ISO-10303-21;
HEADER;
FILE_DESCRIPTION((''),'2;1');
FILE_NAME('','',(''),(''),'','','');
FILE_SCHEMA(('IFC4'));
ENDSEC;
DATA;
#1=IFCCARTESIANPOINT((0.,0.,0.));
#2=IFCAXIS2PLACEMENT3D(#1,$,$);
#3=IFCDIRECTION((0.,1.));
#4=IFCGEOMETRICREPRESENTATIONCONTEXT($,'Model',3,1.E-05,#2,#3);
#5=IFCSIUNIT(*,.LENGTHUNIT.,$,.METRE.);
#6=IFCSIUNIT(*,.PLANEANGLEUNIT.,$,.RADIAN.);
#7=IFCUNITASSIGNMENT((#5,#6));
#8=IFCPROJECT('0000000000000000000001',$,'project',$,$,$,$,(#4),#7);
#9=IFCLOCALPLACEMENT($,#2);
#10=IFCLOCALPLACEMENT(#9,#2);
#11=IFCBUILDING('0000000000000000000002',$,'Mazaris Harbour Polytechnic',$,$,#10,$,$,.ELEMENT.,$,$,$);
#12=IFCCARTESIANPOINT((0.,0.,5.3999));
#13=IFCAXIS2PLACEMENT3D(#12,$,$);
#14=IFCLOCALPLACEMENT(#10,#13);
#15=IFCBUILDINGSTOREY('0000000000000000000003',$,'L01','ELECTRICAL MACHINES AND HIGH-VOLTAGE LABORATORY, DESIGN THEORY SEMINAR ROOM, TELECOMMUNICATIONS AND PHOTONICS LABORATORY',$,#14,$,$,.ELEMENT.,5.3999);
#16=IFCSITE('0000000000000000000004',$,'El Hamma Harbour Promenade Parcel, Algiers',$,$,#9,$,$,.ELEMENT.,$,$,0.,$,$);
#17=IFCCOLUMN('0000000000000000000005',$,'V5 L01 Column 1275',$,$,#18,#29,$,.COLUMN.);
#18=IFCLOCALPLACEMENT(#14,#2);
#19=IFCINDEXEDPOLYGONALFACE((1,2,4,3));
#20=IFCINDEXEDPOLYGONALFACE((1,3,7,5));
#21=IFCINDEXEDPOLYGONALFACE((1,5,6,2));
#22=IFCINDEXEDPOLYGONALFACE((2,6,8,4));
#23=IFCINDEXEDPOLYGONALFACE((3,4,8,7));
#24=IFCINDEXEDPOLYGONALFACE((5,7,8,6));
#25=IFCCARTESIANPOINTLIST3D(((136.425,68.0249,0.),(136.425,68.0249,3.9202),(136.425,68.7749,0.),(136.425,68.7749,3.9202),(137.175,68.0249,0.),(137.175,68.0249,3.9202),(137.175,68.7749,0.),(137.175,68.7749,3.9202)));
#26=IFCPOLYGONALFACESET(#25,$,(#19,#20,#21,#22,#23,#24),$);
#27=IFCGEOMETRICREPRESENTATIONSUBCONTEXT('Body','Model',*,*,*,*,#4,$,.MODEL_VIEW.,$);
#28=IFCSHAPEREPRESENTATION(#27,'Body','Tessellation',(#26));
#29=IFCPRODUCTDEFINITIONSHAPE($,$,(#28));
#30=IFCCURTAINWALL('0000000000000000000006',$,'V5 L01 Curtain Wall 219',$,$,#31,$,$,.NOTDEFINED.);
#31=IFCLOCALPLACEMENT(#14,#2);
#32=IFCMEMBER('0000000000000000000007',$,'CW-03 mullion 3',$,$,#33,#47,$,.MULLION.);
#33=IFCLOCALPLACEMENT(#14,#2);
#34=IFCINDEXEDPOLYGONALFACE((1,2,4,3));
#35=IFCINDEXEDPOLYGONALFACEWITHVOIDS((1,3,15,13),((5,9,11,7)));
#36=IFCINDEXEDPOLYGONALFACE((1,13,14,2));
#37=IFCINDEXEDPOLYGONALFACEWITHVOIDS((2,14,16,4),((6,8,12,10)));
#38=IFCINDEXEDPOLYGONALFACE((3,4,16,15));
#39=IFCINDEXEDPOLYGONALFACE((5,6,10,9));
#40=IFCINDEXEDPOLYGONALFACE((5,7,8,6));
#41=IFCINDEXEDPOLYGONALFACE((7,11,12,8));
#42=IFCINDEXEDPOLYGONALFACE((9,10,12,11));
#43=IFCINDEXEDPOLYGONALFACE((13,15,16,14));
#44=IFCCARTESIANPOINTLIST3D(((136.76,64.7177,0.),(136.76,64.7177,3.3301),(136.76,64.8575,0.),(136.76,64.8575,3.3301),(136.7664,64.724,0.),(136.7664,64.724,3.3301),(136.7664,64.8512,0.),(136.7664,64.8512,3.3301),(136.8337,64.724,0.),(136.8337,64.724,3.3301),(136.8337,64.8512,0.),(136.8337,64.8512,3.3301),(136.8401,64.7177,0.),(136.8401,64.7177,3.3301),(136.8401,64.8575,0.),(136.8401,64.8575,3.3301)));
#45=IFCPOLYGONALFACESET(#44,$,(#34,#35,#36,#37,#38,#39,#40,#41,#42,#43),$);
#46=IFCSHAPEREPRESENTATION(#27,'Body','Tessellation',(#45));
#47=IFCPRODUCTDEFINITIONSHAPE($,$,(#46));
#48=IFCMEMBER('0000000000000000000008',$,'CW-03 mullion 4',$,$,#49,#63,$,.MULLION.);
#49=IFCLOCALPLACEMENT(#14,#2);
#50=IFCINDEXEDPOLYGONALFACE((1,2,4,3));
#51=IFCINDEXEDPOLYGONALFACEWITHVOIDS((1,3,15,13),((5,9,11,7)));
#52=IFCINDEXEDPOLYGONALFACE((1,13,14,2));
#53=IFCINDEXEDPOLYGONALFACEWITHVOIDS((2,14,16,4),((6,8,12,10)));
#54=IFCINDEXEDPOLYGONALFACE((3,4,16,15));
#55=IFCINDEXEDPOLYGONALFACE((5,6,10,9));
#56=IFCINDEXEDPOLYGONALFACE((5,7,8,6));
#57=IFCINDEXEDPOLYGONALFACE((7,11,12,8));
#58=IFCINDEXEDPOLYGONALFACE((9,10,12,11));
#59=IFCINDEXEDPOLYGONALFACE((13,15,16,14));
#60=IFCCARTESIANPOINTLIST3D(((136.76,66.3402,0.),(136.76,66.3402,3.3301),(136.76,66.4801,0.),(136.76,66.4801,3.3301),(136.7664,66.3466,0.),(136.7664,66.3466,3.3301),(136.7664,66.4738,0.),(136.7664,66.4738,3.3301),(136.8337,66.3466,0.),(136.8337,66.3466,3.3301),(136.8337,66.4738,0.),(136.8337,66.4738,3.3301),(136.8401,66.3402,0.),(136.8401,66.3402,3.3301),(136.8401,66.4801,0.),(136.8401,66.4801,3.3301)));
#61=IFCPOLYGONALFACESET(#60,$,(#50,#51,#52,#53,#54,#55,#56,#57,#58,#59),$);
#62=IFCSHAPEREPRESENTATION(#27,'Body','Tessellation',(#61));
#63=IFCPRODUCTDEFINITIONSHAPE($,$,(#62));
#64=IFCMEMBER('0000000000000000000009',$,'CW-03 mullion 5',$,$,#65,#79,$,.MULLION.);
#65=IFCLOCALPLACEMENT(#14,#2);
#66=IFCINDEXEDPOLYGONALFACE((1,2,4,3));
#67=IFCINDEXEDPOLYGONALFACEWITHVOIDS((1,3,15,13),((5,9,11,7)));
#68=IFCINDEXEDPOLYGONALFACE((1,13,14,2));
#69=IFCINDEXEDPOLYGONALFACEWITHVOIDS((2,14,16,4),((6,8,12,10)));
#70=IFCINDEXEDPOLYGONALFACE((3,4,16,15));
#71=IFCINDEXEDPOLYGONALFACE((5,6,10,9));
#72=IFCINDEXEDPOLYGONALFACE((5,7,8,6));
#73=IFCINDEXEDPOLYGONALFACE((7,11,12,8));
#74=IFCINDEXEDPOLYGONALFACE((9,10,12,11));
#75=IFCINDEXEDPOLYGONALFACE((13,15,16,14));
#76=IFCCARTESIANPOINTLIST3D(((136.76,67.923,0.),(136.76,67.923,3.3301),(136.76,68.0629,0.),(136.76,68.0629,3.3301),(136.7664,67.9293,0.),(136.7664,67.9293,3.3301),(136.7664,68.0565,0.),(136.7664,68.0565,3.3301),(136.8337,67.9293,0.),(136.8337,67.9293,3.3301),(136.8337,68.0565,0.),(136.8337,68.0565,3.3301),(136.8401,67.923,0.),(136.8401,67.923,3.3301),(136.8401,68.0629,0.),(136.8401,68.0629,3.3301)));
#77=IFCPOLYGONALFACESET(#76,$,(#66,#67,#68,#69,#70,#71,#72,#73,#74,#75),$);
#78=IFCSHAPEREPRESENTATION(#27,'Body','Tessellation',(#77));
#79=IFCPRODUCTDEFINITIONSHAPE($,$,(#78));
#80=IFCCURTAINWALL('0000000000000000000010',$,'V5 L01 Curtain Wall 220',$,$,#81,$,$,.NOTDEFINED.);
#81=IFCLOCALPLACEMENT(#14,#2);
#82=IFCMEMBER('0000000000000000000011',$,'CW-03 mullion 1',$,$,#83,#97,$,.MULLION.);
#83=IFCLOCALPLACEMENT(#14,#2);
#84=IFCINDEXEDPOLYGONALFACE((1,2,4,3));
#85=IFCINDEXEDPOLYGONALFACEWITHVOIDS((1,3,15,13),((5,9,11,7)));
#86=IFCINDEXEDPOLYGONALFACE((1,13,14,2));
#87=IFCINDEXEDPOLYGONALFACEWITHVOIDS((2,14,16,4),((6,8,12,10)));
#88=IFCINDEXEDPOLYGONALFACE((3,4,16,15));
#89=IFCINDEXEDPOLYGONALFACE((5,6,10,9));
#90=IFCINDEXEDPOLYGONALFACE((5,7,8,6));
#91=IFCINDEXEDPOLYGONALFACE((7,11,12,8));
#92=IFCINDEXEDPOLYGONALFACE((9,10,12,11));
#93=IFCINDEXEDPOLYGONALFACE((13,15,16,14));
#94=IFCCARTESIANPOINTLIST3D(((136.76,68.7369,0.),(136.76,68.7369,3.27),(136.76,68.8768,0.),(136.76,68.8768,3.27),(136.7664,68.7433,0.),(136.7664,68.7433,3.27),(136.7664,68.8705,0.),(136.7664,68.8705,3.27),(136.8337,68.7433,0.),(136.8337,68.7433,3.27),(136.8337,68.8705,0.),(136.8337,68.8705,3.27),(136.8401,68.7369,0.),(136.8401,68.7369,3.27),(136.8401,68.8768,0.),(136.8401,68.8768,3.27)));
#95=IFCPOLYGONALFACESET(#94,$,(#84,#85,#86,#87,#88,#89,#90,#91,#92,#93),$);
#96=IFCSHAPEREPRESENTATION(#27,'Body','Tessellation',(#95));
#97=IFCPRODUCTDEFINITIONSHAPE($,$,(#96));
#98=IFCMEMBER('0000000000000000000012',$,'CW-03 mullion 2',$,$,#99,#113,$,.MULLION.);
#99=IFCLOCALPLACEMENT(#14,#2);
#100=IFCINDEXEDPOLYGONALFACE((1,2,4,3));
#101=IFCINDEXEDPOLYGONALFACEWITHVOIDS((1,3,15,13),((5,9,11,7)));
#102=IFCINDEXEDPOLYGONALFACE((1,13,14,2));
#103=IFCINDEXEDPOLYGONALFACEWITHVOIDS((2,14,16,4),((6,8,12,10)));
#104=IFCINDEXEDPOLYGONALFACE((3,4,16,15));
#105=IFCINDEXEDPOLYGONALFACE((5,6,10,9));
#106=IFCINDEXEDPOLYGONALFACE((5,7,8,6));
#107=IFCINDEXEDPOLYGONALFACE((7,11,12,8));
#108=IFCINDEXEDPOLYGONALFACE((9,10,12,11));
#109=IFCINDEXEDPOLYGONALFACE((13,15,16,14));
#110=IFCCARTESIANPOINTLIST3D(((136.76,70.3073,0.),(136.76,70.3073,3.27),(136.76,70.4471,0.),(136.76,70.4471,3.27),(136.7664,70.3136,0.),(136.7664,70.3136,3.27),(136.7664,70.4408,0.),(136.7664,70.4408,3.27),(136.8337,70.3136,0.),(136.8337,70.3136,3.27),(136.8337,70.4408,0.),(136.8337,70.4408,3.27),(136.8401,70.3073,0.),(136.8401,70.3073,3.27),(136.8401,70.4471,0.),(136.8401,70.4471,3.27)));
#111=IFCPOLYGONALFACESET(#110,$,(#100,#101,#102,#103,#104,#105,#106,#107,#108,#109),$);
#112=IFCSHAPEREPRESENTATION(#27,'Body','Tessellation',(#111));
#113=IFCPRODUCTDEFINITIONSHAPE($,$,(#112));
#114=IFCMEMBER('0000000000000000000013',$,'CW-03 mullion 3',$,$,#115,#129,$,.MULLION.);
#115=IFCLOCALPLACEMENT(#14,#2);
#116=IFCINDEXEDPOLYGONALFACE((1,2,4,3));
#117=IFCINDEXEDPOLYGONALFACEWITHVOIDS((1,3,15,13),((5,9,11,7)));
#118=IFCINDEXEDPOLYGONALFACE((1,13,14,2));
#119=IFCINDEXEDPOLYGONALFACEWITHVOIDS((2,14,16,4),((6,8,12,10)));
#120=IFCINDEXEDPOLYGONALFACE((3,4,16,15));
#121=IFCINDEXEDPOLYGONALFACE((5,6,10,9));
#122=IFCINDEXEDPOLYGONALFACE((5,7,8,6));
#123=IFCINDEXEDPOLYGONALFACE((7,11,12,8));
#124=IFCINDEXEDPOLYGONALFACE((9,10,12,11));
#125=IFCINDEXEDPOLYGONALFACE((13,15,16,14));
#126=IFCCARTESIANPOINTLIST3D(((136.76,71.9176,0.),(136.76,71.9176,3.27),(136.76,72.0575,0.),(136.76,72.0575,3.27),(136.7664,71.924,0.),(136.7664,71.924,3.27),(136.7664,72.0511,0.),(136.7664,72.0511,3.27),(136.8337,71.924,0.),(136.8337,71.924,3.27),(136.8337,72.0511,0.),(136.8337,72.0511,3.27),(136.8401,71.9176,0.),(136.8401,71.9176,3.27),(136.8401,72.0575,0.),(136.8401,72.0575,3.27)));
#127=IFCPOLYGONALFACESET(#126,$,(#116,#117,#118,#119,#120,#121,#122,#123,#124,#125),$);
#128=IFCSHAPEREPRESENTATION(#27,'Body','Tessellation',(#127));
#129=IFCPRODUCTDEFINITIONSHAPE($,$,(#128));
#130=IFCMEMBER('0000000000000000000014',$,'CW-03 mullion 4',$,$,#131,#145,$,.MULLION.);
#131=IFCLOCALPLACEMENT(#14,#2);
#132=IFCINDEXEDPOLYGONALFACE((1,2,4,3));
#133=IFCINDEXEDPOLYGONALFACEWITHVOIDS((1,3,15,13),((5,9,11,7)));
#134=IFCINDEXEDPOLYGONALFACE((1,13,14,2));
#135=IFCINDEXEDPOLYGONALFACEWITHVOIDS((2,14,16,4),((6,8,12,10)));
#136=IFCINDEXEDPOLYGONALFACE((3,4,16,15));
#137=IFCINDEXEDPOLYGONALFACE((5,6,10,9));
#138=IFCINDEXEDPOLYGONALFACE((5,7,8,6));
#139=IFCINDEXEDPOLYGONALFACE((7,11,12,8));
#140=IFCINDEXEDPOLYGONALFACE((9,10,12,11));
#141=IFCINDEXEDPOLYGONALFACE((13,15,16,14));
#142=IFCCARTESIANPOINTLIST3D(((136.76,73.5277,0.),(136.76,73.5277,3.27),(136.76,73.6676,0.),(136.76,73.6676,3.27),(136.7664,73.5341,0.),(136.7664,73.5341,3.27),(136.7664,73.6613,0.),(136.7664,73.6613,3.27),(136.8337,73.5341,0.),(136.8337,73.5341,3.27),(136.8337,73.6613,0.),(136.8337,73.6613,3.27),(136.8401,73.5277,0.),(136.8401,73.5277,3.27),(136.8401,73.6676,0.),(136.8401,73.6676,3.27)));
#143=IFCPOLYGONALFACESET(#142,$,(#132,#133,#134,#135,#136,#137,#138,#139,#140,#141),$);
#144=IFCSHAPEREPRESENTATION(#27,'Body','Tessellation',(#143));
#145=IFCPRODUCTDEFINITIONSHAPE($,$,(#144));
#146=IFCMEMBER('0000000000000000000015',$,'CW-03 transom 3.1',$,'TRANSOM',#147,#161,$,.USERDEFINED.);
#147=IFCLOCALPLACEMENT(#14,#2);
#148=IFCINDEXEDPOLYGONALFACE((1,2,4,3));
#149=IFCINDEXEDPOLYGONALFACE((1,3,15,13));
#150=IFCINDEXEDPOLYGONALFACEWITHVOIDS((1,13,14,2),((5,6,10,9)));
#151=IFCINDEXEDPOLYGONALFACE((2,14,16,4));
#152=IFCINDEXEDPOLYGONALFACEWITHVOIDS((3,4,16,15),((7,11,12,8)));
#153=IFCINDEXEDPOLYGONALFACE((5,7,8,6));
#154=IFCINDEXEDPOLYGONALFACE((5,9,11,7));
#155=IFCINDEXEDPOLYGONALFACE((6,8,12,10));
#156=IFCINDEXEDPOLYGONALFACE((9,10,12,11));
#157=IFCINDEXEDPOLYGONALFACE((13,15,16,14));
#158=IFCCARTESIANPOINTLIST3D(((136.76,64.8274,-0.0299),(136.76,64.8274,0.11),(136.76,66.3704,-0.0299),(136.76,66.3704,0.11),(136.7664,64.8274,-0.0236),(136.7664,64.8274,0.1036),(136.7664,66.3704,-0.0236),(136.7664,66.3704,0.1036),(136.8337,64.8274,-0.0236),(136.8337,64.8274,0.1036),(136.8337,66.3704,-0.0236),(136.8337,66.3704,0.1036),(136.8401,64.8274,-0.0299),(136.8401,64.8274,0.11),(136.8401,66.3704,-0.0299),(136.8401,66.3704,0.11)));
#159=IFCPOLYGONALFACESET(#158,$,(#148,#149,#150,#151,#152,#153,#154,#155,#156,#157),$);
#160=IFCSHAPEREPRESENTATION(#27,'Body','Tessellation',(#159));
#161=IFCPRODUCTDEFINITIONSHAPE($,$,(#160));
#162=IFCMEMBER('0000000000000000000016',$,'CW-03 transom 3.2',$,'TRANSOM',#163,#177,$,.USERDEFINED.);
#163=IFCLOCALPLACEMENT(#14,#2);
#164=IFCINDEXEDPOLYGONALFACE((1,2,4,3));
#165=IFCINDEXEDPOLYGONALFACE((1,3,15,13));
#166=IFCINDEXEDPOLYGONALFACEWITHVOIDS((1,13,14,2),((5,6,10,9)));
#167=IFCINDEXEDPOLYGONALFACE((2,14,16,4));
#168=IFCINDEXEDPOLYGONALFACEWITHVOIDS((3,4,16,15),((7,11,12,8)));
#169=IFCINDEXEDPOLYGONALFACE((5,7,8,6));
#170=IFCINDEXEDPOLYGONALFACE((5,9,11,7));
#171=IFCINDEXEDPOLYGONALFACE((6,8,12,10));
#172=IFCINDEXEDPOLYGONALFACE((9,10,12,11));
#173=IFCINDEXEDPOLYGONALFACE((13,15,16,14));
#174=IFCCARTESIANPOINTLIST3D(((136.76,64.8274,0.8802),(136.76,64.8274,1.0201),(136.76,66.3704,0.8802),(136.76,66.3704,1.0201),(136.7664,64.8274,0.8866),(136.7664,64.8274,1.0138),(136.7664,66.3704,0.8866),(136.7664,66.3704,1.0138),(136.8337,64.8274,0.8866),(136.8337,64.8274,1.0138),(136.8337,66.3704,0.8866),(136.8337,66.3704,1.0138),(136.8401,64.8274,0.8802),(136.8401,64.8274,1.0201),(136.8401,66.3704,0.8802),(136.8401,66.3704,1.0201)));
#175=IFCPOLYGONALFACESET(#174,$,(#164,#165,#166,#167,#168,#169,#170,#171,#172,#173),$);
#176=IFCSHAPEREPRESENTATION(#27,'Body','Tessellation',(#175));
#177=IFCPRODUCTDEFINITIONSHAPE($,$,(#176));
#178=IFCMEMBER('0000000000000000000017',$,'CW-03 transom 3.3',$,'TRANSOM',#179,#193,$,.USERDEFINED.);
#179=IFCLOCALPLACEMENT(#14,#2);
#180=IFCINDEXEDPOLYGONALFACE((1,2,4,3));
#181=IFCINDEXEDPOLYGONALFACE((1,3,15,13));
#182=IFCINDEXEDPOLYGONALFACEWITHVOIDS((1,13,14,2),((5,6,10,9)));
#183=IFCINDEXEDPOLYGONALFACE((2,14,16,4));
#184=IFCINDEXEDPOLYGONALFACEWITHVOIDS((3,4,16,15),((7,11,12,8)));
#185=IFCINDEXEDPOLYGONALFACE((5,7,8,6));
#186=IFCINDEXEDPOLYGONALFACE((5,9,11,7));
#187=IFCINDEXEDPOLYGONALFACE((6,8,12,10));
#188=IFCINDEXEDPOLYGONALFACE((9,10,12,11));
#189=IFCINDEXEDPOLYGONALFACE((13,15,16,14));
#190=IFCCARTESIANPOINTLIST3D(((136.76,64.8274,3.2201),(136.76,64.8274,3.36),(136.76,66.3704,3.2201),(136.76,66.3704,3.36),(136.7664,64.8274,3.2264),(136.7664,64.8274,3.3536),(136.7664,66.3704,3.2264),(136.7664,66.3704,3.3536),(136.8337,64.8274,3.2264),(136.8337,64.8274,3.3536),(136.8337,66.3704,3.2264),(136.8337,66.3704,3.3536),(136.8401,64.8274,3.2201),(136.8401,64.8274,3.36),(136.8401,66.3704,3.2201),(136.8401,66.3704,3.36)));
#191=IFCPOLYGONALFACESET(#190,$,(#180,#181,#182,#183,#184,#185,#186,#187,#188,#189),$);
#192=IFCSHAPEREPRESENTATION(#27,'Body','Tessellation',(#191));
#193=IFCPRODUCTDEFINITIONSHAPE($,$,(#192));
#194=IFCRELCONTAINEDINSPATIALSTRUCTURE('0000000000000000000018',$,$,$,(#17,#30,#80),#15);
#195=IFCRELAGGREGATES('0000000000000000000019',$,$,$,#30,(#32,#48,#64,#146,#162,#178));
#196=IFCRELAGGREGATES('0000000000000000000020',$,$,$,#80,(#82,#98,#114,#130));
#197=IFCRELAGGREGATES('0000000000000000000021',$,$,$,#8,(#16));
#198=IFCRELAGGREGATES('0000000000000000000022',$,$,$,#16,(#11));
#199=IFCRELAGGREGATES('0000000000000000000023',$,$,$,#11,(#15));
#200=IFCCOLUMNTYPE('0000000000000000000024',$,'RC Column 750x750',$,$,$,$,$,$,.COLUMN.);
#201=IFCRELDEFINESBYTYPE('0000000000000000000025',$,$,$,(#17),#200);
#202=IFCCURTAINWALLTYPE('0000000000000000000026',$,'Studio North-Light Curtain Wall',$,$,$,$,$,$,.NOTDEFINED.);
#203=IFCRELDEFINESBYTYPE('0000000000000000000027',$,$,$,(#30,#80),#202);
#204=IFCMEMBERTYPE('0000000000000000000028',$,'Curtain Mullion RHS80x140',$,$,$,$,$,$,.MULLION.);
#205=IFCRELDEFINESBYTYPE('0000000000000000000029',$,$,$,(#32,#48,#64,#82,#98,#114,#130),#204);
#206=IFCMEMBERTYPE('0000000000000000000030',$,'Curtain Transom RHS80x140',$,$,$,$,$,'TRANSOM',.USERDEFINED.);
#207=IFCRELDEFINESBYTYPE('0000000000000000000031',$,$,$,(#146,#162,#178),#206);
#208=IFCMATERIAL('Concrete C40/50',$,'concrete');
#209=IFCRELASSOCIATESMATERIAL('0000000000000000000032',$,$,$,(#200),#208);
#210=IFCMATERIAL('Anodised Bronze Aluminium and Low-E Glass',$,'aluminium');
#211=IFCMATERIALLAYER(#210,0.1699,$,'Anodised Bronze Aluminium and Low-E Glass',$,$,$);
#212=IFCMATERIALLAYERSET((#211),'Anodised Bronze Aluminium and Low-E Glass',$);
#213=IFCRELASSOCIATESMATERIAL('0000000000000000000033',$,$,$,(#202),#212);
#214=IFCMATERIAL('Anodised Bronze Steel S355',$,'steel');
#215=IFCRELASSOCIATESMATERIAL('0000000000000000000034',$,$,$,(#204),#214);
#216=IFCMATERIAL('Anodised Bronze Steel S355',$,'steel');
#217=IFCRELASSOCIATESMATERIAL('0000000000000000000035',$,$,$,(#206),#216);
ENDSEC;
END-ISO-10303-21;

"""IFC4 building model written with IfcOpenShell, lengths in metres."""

from ifc_helpers import new_model, si_unit, direction, frame, origin, origin_2d, place, context, subcontext, project, spatial, rectangle, hollow_rectangle, extrude, material, layer, layer_set, material_profile, profile_set, type_object, element, aggregate, save


model = new_model("IFC4")

# Units and contexts
model_context = context("Model", 3, precision=1e-05, world=origin(), true_north=direction((0.0, 1.0)))
body_context = subcontext(model_context, "Body", "Model", "MODEL_VIEW")
ifc_project = project(units=[si_unit("LENGTHUNIT", "METRE"), si_unit("PLANEANGLEUNIT", "RADIAN")], contexts=[model_context])

# Site, building, storey
site_placement = place(None, origin())
site = spatial("IfcSite", under=ifc_project, at=site_placement, Name="El Hamma Harbour Promenade Parcel, Algiers", CompositionType="ELEMENT", RefElevation=0.0)
building_placement = place(site_placement, origin())
building = spatial("IfcBuilding", under=site, at=building_placement, Name="Mazaris Harbour Polytechnic", CompositionType="ELEMENT")
storey_placement = place(building_placement, frame((0.0, 0.0, 5.3999)))
storey = spatial("IfcBuildingStorey", under=building, at=storey_placement, Name="L01", Description="ELECTRICAL MACHINES AND HIGH-VOLTAGE LABORATORY, DESIGN THEORY SEMINAR ROOM, TELECOMMUNICATIONS AND PHOTONICS LABORATORY", CompositionType="ELEMENT", Elevation=5.3999)

# Column
ifc_material_1 = material(Name="Concrete C40/50", Category="concrete")
ifc_material_profile_1 = material_profile(ifc_material_1, rectangle(XDim=0.75, YDim=0.75, at=origin_2d()), Name="RECT750x750")
ifc_profile_set_1 = profile_set([ifc_material_profile_1], Name="Concrete C40/50")
column_type = type_object("IfcColumnType", Name="RC Column 750x750", PredefinedType="COLUMN", material=ifc_profile_set_1)
column_placement = place(storey_placement, frame((136.8, 68.3999, 0.0), z_axis=(0.0, 0.0, 1.0), x_axis=(1.0, 0.0, 0.0)))
element("IfcColumn", 1, at=column_placement, inside=storey, type_object=column_type, Name="V5 L01 Column 1275", PredefinedType="COLUMN", context=body_context, shape_type="SweptSolid", body=[
    extrude(rectangle(XDim=0.75, YDim=0.75, at=origin_2d()), origin(), (0.0, 0.0, 1.0), 3.9202),
])

# Curtain walls, members
ifc_material_2 = material(Name="Anodised Bronze Aluminium and Low-E Glass", Category="aluminium")
ifc_layer_1 = layer(ifc_material_2, 0.1699, Name="Anodised Bronze Aluminium and Low-E Glass")
ifc_layer_set_1 = layer_set([ifc_layer_1], Name="Anodised Bronze Aluminium and Low-E Glass")
curtain_wall_type = type_object("IfcCurtainWallType", Name="Studio North-Light Curtain Wall", PredefinedType="NOTDEFINED", material=ifc_layer_set_1)
curtain_wall_1_placement = place(storey_placement, origin())
curtain_wall_1 = element("IfcCurtainWall", 2, at=curtain_wall_1_placement, inside=storey, type_object=curtain_wall_type, Name="V5 L01 Curtain Wall 219", PredefinedType="NOTDEFINED")
ifc_material_3 = material(Name="Anodised Bronze Steel S355", Category="steel")
ifc_material_profile_2 = material_profile(ifc_material_3, hollow_rectangle(XDim=0.0801, YDim=0.1399, WallThickness=0.0063, at=origin_2d()), Name="RHS 80x140x6.3")
ifc_profile_set_2 = profile_set([ifc_material_profile_2], Name="Anodised Bronze Steel S355")
member_type_1 = type_object("IfcMemberType", Name="Curtain Mullion RHS80x140", PredefinedType="MULLION", material=ifc_profile_set_2)
member_1_placement = place(storey_placement, frame((136.8, 64.7876, 0.0), z_axis=(0.0, 0.0, 1.0), x_axis=(-1.0, 0.0, 0.0)))
member_1 = element("IfcMember", 3, at=member_1_placement, type_object=member_type_1, Name="CW-03 mullion 3", PredefinedType="MULLION", context=body_context, shape_type="SweptSolid", body=[
    extrude(hollow_rectangle(XDim=0.0801, YDim=0.1399, WallThickness=0.0063, at=origin_2d()), origin(), (0.0, 0.0, 1.0), 3.3301),
])
member_2_placement = place(storey_placement, frame((136.8, 66.4102, 0.0), z_axis=(0.0, 0.0, 1.0), x_axis=(-1.0, 0.0, 0.0)))
member_2 = element("IfcMember", 4, at=member_2_placement, type_object=member_type_1, Name="CW-03 mullion 4", PredefinedType="MULLION", context=body_context, shape_type="SweptSolid", body=[
    extrude(hollow_rectangle(XDim=0.0801, YDim=0.1399, WallThickness=0.0063, at=origin_2d()), origin(), (0.0, 0.0, 1.0), 3.3301),
])
member_3_placement = place(storey_placement, frame((136.8, 67.9929, 0.0), z_axis=(0.0, 0.0, 1.0), x_axis=(-1.0, 0.0, 0.0)))
member_3 = element("IfcMember", 5, at=member_3_placement, type_object=member_type_1, Name="CW-03 mullion 5", PredefinedType="MULLION", context=body_context, shape_type="SweptSolid", body=[
    extrude(hollow_rectangle(XDim=0.0801, YDim=0.1399, WallThickness=0.0063, at=origin_2d()), origin(), (0.0, 0.0, 1.0), 3.3301),
])
curtain_wall_2_placement = place(storey_placement, origin())
curtain_wall_2 = element("IfcCurtainWall", 6, at=curtain_wall_2_placement, inside=storey, type_object=curtain_wall_type, Name="V5 L01 Curtain Wall 220", PredefinedType="NOTDEFINED")
member_4_placement = place(storey_placement, frame((136.8, 68.8069, 0.0), z_axis=(0.0, 0.0, 1.0), x_axis=(-1.0, 0.0, 0.0)))
member_4 = element("IfcMember", 7, at=member_4_placement, type_object=member_type_1, Name="CW-03 mullion 1", PredefinedType="MULLION", context=body_context, shape_type="SweptSolid", body=[
    extrude(hollow_rectangle(XDim=0.0801, YDim=0.1399, WallThickness=0.0063, at=origin_2d()), origin(), (0.0, 0.0, 1.0), 3.27),
])
member_5_placement = place(storey_placement, frame((136.8, 70.3772, 0.0), z_axis=(0.0, 0.0, 1.0), x_axis=(-1.0, 0.0, 0.0)))
member_5 = element("IfcMember", 8, at=member_5_placement, type_object=member_type_1, Name="CW-03 mullion 2", PredefinedType="MULLION", context=body_context, shape_type="SweptSolid", body=[
    extrude(hollow_rectangle(XDim=0.0801, YDim=0.1399, WallThickness=0.0063, at=origin_2d()), origin(), (0.0, 0.0, 1.0), 3.27),
])
member_6_placement = place(storey_placement, frame((136.8, 71.9875, 0.0), z_axis=(0.0, 0.0, 1.0), x_axis=(-1.0, 0.0, 0.0)))
member_6 = element("IfcMember", 9, at=member_6_placement, type_object=member_type_1, Name="CW-03 mullion 3", PredefinedType="MULLION", context=body_context, shape_type="SweptSolid", body=[
    extrude(hollow_rectangle(XDim=0.0801, YDim=0.1399, WallThickness=0.0063, at=origin_2d()), origin(), (0.0, 0.0, 1.0), 3.27),
])
member_7_placement = place(storey_placement, frame((136.8, 73.5977, 0.0), z_axis=(0.0, 0.0, 1.0), x_axis=(-1.0, 0.0, 0.0)))
member_7 = element("IfcMember", 10, at=member_7_placement, type_object=member_type_1, Name="CW-03 mullion 4", PredefinedType="MULLION", context=body_context, shape_type="SweptSolid", body=[
    extrude(hollow_rectangle(XDim=0.0801, YDim=0.1399, WallThickness=0.0063, at=origin_2d()), origin(), (0.0, 0.0, 1.0), 3.27),
])

# Members
ifc_material_4 = material(Name="Anodised Bronze Steel S355", Category="steel")
ifc_material_profile_3 = material_profile(ifc_material_4, hollow_rectangle(XDim=0.0801, YDim=0.1399, WallThickness=0.0063, at=origin_2d()), Name="RHS 80x140x6.3")
ifc_profile_set_3 = profile_set([ifc_material_profile_3], Name="Anodised Bronze Steel S355")
member_type_2 = type_object("IfcMemberType", Name="Curtain Transom RHS80x140", ElementType="TRANSOM", PredefinedType="USERDEFINED", material=ifc_profile_set_3)
member_8_placement = place(storey_placement, frame((136.8, 64.8274, 0.04), z_axis=(0.0, 1.0, 0.0), x_axis=(-1.0, 0.0, 0.0)))
member_8 = element("IfcMember", 11, at=member_8_placement, type_object=member_type_2, Name="CW-03 transom 3.1", ObjectType="TRANSOM", PredefinedType="USERDEFINED", context=body_context, shape_type="SweptSolid", body=[
    extrude(hollow_rectangle(XDim=0.0801, YDim=0.1399, WallThickness=0.0063, at=origin_2d()), origin(), (0.0, 0.0, 1.0), 1.543),
])
member_9_placement = place(storey_placement, frame((136.8, 64.8274, 0.9502), z_axis=(0.0, 1.0, 0.0), x_axis=(-1.0, 0.0, 0.0)))
member_9 = element("IfcMember", 12, at=member_9_placement, type_object=member_type_2, Name="CW-03 transom 3.2", ObjectType="TRANSOM", PredefinedType="USERDEFINED", context=body_context, shape_type="SweptSolid", body=[
    extrude(hollow_rectangle(XDim=0.0801, YDim=0.1399, WallThickness=0.0063, at=origin_2d()), origin(), (0.0, 0.0, 1.0), 1.543),
])
member_10_placement = place(storey_placement, frame((136.8, 64.8274, 3.29), z_axis=(0.0, 1.0, 0.0), x_axis=(-1.0, 0.0, 0.0)))
member_10 = element("IfcMember", 13, at=member_10_placement, type_object=member_type_2, Name="CW-03 transom 3.3", ObjectType="TRANSOM", PredefinedType="USERDEFINED", context=body_context, shape_type="SweptSolid", body=[
    extrude(hollow_rectangle(XDim=0.0801, YDim=0.1399, WallThickness=0.0063, at=origin_2d()), origin(), (0.0, 0.0, 1.0), 1.543),
])

aggregate(curtain_wall_1, [member_1, member_2, member_3, member_8, member_9, member_10])
aggregate(curtain_wall_2, [member_4, member_5, member_6, member_7])

save(model, "model.ifc")
